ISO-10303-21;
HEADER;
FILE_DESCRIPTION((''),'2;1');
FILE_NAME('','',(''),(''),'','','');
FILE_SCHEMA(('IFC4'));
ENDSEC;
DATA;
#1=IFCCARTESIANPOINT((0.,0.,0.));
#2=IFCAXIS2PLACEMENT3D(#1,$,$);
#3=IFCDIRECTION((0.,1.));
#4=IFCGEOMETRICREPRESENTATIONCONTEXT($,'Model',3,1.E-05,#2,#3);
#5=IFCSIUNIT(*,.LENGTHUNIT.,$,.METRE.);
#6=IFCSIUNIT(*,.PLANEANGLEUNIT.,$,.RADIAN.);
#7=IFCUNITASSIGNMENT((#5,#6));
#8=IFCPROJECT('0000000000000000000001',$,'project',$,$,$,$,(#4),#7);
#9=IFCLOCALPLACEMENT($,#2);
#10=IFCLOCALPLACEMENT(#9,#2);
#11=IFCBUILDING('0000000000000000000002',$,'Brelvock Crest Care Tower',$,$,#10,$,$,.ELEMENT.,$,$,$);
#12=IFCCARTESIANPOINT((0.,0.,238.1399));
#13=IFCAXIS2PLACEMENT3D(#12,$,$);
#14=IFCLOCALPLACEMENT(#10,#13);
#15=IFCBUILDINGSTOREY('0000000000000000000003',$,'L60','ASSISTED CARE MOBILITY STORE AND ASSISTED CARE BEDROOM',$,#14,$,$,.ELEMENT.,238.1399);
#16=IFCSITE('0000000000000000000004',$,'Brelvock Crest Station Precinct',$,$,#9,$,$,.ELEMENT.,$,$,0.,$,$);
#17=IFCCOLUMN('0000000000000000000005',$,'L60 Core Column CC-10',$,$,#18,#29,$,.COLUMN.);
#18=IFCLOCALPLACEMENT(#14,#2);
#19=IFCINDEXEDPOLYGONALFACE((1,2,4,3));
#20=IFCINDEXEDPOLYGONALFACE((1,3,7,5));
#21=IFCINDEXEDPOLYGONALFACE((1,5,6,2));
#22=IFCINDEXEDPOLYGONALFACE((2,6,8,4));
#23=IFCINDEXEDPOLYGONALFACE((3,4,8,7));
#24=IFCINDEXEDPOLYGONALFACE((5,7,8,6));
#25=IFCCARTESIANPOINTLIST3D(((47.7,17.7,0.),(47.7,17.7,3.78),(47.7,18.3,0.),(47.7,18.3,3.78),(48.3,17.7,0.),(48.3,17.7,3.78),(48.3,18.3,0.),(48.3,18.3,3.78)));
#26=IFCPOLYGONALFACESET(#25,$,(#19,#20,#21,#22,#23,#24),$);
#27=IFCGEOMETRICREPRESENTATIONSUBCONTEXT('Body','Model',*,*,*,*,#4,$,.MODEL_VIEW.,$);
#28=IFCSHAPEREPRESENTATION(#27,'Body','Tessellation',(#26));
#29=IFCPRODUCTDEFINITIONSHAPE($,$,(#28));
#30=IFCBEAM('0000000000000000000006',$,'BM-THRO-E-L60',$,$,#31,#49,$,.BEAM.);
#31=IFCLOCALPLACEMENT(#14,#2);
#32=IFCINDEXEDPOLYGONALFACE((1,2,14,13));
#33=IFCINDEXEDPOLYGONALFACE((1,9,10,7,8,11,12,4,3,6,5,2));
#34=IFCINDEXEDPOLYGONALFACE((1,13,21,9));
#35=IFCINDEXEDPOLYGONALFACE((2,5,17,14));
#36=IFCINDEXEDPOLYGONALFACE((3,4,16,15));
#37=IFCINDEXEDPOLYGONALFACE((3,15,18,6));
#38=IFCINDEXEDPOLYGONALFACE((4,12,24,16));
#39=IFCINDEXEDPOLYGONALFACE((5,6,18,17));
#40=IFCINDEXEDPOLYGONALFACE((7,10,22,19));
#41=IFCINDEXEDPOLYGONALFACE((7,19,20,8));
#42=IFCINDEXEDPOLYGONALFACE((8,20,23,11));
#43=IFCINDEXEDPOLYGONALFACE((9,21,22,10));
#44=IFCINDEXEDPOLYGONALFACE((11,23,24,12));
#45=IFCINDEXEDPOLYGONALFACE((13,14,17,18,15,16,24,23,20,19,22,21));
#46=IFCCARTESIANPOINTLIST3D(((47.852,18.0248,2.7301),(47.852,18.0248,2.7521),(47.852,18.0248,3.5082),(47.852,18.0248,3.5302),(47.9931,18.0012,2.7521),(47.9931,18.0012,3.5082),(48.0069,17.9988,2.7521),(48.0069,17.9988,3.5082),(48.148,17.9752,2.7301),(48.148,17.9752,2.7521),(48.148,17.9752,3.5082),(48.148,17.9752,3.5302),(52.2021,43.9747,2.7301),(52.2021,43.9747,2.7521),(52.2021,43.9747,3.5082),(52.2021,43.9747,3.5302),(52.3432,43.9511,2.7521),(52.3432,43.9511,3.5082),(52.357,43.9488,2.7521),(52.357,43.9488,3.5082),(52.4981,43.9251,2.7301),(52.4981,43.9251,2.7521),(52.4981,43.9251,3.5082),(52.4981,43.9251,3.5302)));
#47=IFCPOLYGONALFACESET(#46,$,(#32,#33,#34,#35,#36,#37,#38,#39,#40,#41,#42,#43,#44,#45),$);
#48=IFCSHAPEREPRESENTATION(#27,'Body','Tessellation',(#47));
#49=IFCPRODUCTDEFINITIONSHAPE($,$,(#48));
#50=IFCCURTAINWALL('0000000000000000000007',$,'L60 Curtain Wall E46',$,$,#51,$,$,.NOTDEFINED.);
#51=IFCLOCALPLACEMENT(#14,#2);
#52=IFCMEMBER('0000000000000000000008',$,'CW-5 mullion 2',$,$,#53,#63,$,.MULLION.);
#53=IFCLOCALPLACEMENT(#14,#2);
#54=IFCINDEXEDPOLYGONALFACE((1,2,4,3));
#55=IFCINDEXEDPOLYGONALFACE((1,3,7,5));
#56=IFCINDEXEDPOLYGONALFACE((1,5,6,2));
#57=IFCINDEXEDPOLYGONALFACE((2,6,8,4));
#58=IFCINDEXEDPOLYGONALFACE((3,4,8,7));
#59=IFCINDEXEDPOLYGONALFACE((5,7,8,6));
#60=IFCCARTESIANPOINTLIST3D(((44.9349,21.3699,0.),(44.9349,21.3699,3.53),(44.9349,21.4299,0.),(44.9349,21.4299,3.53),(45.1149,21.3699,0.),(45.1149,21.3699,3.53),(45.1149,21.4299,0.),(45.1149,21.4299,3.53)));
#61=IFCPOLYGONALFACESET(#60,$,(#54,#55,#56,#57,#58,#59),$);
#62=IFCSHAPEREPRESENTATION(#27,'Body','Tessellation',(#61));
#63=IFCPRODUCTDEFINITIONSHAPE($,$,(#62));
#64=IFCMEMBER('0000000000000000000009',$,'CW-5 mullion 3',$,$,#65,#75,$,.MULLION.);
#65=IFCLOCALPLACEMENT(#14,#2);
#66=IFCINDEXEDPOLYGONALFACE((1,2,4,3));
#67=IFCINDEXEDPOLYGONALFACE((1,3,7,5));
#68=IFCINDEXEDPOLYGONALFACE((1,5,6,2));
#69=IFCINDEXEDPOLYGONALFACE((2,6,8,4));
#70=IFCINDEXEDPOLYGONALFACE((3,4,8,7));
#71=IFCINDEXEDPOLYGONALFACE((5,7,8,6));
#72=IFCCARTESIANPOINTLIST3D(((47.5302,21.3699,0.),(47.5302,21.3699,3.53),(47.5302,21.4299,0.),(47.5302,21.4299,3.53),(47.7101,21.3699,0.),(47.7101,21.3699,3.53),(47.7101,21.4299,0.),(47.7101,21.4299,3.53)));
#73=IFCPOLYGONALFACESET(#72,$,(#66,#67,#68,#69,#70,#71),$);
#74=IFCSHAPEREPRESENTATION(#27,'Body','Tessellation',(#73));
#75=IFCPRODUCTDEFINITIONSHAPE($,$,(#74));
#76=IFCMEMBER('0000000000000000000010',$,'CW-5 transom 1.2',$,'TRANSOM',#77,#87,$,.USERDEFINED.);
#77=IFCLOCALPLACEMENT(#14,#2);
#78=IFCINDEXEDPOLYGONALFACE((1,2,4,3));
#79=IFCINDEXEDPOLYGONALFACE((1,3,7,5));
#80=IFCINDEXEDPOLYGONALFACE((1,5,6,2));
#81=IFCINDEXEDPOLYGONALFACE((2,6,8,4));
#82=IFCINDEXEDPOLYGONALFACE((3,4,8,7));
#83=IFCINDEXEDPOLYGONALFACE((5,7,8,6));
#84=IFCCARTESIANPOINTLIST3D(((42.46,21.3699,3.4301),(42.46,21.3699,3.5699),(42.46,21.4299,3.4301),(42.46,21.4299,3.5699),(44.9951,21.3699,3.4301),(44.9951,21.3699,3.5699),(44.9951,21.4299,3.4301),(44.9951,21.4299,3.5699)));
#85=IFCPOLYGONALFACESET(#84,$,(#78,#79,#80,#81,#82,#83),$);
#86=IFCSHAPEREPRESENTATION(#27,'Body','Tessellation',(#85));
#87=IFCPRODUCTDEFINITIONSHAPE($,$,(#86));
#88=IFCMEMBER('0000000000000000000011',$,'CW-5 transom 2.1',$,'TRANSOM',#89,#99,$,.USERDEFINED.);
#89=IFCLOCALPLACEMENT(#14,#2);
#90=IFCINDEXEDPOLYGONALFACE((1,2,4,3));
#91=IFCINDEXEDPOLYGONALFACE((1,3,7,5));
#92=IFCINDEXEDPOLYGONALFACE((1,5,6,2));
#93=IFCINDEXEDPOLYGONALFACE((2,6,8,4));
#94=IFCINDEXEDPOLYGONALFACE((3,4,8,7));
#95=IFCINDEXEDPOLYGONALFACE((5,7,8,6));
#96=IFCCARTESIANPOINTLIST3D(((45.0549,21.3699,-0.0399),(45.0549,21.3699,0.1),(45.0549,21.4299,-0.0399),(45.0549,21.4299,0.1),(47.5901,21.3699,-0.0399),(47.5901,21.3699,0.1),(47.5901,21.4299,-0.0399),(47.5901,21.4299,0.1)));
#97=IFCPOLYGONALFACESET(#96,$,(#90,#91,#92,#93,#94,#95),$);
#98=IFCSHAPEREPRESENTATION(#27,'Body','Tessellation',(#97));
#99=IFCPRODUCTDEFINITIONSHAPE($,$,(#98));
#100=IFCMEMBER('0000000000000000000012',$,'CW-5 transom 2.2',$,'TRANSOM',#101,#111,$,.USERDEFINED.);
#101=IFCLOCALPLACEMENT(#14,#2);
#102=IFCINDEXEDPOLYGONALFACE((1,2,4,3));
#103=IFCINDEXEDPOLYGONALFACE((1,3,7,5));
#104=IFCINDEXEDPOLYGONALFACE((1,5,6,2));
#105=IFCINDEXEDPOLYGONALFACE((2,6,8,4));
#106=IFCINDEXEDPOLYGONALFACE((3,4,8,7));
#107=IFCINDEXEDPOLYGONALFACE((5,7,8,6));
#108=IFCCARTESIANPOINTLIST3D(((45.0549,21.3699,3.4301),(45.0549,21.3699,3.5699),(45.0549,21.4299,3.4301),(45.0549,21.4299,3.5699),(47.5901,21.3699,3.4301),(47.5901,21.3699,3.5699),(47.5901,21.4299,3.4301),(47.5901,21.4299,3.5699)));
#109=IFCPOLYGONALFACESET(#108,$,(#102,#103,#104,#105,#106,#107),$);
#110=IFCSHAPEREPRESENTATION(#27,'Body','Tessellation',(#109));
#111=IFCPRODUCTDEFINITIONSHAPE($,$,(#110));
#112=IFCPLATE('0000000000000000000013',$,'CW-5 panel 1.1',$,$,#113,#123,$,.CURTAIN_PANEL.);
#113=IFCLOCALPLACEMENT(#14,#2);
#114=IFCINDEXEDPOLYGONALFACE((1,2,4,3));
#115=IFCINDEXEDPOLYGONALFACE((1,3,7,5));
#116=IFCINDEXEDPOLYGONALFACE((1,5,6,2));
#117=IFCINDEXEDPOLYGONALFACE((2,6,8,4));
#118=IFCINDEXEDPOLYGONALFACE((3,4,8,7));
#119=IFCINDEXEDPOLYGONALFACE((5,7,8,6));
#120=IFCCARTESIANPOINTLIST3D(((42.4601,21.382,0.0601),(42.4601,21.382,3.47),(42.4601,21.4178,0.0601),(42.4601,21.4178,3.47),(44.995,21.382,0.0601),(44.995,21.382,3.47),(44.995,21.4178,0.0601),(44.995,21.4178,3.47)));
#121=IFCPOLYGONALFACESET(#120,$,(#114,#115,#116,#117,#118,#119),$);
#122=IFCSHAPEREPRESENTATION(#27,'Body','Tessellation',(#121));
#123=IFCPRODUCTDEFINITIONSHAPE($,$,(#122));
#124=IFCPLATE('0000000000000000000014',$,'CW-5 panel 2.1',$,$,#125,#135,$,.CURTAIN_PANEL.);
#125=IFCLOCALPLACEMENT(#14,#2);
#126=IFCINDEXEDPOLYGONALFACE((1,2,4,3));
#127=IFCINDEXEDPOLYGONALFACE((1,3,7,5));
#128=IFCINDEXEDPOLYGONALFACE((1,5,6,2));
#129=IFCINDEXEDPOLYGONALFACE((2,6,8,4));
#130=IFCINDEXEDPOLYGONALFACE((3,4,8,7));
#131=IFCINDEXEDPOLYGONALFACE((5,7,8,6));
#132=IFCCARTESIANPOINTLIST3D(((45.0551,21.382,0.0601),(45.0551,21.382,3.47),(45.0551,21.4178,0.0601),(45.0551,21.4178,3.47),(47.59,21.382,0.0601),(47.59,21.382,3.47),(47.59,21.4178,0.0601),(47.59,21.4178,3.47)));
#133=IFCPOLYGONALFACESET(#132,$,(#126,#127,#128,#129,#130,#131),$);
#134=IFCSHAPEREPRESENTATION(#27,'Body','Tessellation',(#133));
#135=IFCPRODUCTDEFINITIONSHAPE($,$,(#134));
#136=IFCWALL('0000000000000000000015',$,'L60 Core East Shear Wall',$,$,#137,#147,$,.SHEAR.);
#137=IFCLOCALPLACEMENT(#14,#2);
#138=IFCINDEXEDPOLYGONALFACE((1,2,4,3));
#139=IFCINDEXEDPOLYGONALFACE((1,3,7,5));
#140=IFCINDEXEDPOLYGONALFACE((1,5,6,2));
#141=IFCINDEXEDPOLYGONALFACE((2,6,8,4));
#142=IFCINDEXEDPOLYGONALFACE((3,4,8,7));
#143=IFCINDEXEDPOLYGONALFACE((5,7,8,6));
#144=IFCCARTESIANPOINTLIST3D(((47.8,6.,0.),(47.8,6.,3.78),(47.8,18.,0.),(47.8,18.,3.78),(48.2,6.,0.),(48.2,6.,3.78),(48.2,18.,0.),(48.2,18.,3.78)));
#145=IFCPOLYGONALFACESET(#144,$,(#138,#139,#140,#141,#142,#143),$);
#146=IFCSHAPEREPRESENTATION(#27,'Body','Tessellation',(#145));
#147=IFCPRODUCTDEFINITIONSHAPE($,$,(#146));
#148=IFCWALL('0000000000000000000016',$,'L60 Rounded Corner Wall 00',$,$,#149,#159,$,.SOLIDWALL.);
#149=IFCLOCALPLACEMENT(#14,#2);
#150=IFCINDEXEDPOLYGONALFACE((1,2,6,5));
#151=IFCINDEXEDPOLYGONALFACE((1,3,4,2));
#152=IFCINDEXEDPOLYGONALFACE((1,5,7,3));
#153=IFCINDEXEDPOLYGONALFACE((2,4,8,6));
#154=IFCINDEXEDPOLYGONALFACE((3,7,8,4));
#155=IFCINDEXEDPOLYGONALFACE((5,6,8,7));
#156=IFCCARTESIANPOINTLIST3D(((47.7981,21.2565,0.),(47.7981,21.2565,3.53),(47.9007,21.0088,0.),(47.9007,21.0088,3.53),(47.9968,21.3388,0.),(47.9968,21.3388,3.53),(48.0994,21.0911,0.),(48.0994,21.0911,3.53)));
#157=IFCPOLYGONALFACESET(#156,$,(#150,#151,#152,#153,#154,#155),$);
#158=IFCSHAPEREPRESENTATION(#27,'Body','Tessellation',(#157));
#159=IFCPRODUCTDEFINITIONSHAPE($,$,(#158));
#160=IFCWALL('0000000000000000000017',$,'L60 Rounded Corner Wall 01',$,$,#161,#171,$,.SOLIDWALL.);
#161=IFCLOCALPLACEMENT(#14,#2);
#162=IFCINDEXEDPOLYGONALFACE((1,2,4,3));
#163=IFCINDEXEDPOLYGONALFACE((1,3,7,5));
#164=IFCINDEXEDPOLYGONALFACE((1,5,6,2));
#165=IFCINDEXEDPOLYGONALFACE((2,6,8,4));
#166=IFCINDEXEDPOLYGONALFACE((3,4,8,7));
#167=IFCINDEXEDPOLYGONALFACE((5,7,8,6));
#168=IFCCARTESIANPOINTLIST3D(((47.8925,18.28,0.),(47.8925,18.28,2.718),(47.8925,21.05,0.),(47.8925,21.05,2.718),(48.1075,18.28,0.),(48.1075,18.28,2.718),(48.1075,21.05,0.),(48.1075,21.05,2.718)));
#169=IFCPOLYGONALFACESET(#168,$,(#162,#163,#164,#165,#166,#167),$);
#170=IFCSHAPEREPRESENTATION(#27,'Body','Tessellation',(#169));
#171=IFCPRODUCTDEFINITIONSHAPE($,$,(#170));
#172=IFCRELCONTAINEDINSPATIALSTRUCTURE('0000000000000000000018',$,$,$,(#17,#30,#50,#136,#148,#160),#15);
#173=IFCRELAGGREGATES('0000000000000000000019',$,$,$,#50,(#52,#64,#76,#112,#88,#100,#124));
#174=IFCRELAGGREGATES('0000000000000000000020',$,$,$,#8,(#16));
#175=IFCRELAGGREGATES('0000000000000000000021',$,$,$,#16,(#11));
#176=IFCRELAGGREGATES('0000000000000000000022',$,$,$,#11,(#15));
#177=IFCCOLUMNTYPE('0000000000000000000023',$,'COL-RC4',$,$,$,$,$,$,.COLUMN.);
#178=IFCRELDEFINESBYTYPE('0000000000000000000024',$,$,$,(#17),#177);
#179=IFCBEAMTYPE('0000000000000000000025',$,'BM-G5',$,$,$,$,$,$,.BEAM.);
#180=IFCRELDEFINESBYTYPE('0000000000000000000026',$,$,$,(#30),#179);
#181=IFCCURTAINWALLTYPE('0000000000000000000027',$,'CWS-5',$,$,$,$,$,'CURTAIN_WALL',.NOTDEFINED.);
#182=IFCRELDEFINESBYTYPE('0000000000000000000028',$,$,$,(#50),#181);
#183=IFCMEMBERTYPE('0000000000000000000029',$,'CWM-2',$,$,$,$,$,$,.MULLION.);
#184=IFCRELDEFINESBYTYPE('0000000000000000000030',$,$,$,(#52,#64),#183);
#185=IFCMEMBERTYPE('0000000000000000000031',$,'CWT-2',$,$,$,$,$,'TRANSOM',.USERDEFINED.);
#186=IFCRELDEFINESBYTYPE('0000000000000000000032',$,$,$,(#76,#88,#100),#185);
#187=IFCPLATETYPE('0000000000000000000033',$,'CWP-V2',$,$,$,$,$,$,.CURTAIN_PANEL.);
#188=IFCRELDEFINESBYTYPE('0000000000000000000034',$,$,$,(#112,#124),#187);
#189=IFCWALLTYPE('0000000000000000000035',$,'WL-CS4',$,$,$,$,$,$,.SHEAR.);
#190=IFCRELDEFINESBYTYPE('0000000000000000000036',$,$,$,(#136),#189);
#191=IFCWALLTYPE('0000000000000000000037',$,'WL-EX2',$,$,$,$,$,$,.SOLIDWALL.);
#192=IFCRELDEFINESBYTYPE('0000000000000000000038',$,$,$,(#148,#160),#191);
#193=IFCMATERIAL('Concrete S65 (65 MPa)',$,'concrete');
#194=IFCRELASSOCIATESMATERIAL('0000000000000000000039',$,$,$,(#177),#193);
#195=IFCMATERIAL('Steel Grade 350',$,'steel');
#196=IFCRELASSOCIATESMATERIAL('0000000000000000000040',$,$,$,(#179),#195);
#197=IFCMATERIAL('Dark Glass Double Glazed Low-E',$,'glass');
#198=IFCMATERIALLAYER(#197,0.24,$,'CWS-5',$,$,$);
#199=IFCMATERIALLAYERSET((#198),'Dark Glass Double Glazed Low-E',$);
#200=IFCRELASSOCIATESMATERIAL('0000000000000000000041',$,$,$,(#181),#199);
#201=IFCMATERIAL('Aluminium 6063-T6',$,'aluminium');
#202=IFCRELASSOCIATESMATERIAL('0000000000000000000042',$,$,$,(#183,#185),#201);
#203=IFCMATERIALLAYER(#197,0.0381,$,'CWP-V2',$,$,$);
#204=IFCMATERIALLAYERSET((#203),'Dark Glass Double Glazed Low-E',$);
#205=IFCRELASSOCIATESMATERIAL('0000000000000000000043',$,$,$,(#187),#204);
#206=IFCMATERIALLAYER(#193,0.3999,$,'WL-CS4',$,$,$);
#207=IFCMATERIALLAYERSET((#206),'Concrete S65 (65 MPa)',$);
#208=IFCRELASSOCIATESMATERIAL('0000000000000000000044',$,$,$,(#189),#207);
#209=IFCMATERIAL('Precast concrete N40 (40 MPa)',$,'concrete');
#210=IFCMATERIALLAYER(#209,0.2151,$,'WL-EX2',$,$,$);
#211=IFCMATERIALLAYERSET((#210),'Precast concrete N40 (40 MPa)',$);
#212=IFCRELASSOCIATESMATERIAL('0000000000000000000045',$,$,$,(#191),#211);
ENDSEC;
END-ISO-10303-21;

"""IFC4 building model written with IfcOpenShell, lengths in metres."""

from ifc_helpers import new_model, si_unit, direction, frame, frame_2d, origin, origin_2d, place, context, subcontext, project, spatial, rectangle, i_section, extrude, source, transform, mapped, material, layer, layer_set, material_profile, profile_set, type_object, element, aggregate, save


model = new_model("IFC4")

# Units and contexts
model_context = context("Model", 3, precision=1e-05, world=origin(), true_north=direction((0.0, 1.0)))
body_context = subcontext(model_context, "Body", "Model", "MODEL_VIEW")
ifc_project = project(units=[si_unit("LENGTHUNIT", "METRE"), si_unit("PLANEANGLEUNIT", "RADIAN")], contexts=[model_context])

# Site, building, storey
site_placement = place(None, origin())
site = spatial("IfcSite", under=ifc_project, at=site_placement, Name="Brelvock Crest Station Precinct", CompositionType="ELEMENT", RefElevation=0.0)
building_placement = place(site_placement, origin())
building = spatial("IfcBuilding", under=site, at=building_placement, Name="Brelvock Crest Care Tower", CompositionType="ELEMENT")
storey_placement = place(building_placement, frame((0.0, 0.0, 238.1399)))
storey = spatial("IfcBuildingStorey", under=building, at=storey_placement, Name="L60", Description="ASSISTED CARE MOBILITY STORE AND ASSISTED CARE BEDROOM", CompositionType="ELEMENT", Elevation=238.1399)

# Column
ifc_material_1 = material(Name="Concrete S65 (65 MPa)", Category="concrete")
ifc_material_profile_1 = material_profile(ifc_material_1, rectangle(XDim=0.6001, YDim=0.6001, at=origin_2d()), Name="RC600x600")
ifc_profile_set_1 = profile_set([ifc_material_profile_1], Name="Concrete S65 (65 MPa)")
column_type = type_object("IfcColumnType", Name="COL-RC4", PredefinedType="COLUMN", material=ifc_profile_set_1)
shared_shape_1 = source(origin(), body_context, "Body", "SweptSolid", [
    extrude(rectangle(XDim=0.6001, YDim=0.6001, at=origin_2d()), origin(), (0.0, 0.0, 1.0), 3.78),
])
column_placement = place(storey_placement, frame((48.0, 18.0, 0.0), z_axis=(0.0, 0.0, 1.0), x_axis=(1.0, 0.0, 0.0)))
element("IfcColumn", 1, at=column_placement, inside=storey, type_object=column_type, Name="L60 Core Column CC-10", PredefinedType="COLUMN", context=body_context, shape_type="MappedRepresentation", body=[
    mapped(shared_shape_1, transform((0.0, 0.0, 0.0), x_axis=(1.0, 0.0, 0.0), y_axis=(0.0, 1.0, 0.0), z_axis=(0.0, 0.0, 1.0), scale=1.0)),
])

# Beam
ifc_material_2 = material(Name="Steel Grade 350", Category="steel")
ifc_material_profile_2 = material_profile(ifc_material_2, i_section(OverallWidth=0.3, OverallDepth=0.8, WebThickness=0.0139, FlangeThickness=0.022, at=origin_2d()), Name="800WB192")
ifc_profile_set_2 = profile_set([ifc_material_profile_2], Name="Steel Grade 350")
beam_type = type_object("IfcBeamType", Name="BM-G5", PredefinedType="BEAM", material=ifc_profile_set_2)
shared_shape_2 = source(origin(), body_context, "Body", "SweptSolid", [
    extrude(i_section(OverallWidth=0.3, OverallDepth=0.8, WebThickness=0.0139, FlangeThickness=0.022, at=origin_2d()), origin(), (0.0, 0.0, 1.0), 26.312),
])
beam_placement = place(storey_placement, frame((48.0, 18.0, 3.1301), z_axis=(0.165327, 0.986239, 0.0), x_axis=(-0.986239, 0.165327, 0.0)))
element("IfcBeam", 2, at=beam_placement, inside=storey, type_object=beam_type, Name="BM-THRO-E-L60", PredefinedType="BEAM", context=body_context, shape_type="MappedRepresentation", body=[
    mapped(shared_shape_2, transform((0.0, 0.0, 0.0), x_axis=(1.0, 0.0, 0.0), y_axis=(0.0, 1.0, 0.0), z_axis=(0.0, 0.0, 1.0), scale=1.0)),
])

# Curtain wall, members, plates
ifc_material_3 = material(Name="Dark Glass Double Glazed Low-E", Category="glass")
ifc_layer_1 = layer(ifc_material_3, 0.24, Name="CWS-5")
ifc_layer_set_1 = layer_set([ifc_layer_1], Name="Dark Glass Double Glazed Low-E")
curtain_wall_type = type_object("IfcCurtainWallType", Name="CWS-5", ElementType="CURTAIN_WALL", PredefinedType="NOTDEFINED", material=ifc_layer_set_1)
curtain_wall_placement = place(storey_placement, origin())
curtain_wall = element("IfcCurtainWall", 3, at=curtain_wall_placement, inside=storey, type_object=curtain_wall_type, Name="L60 Curtain Wall E46", PredefinedType="NOTDEFINED")
ifc_material_4 = material(Name="Aluminium 6063-T6", Category="aluminium")
ifc_material_profile_3 = material_profile(ifc_material_4, rectangle(XDim=0.0601, YDim=0.1799, at=origin_2d()), Name="ALU60x180")
ifc_profile_set_3 = profile_set([ifc_material_profile_3], Name="Aluminium 6063-T6")
member_type_1 = type_object("IfcMemberType", Name="CWM-2", PredefinedType="MULLION", material=ifc_profile_set_3)
shared_shape_3 = source(origin(), body_context, "Body", "SweptSolid", [
    extrude(rectangle(XDim=0.0601, YDim=0.1799, at=origin_2d()), origin(), (0.0, 0.0, 1.0), 3.53),
])
member_1_placement = place(storey_placement, frame((45.0249, 21.3999, 0.0), z_axis=(0.0, 0.0, 1.0), x_axis=(0.0, 1.0, 0.0)))
member_1 = element("IfcMember", 4, at=member_1_placement, type_object=member_type_1, Name="CW-5 mullion 2", PredefinedType="MULLION", context=body_context, shape_type="MappedRepresentation", body=[
    mapped(shared_shape_3, transform((0.0, 0.0, 0.0), x_axis=(1.0, 0.0, 0.0), y_axis=(0.0, 1.0, 0.0), z_axis=(0.0, 0.0, 1.0), scale=1.0)),
])
member_2_placement = place(storey_placement, frame((47.6201, 21.3999, 0.0), z_axis=(0.0, 0.0, 1.0), x_axis=(0.0, 1.0, 0.0)))
member_2 = element("IfcMember", 5, at=member_2_placement, type_object=member_type_1, Name="CW-5 mullion 3", PredefinedType="MULLION", context=body_context, shape_type="MappedRepresentation", body=[
    mapped(shared_shape_3, transform((0.0, 0.0, 0.0), x_axis=(1.0, 0.0, 0.0), y_axis=(0.0, 1.0, 0.0), z_axis=(0.0, 0.0, 1.0), scale=1.0)),
])
ifc_material_profile_4 = material_profile(ifc_material_4, rectangle(XDim=0.0601, YDim=0.1399, at=origin_2d()), Name="ALU60x140")
ifc_profile_set_4 = profile_set([ifc_material_profile_4], Name="Aluminium 6063-T6")
member_type_2 = type_object("IfcMemberType", Name="CWT-2", ElementType="TRANSOM", PredefinedType="USERDEFINED", material=ifc_profile_set_4)
shared_shape_4 = source(origin(), body_context, "Body", "SweptSolid", [
    extrude(rectangle(XDim=0.0601, YDim=0.1399, at=origin_2d()), origin(), (0.0, 0.0, 1.0), 2.5352),
])
member_3_placement = place(storey_placement, frame((42.46, 21.3999, 3.5), z_axis=(1.0, 0.0, 0.0), x_axis=(0.0, 1.0, 0.0)))
member_3 = element("IfcMember", 6, at=member_3_placement, type_object=member_type_2, Name="CW-5 transom 1.2", ObjectType="TRANSOM", PredefinedType="USERDEFINED", context=body_context, shape_type="MappedRepresentation", body=[
    mapped(shared_shape_4, transform((0.0, 0.0, 0.0), x_axis=(1.0, 0.0, 0.0), y_axis=(0.0, 1.0, 0.0), z_axis=(0.0, 0.0, 1.0), scale=1.0)),
])
member_4_placement = place(storey_placement, frame((45.0549, 21.3999, 0.03), z_axis=(1.0, 0.0, 0.0), x_axis=(0.0, 1.0, 0.0)))
member_4 = element("IfcMember", 7, at=member_4_placement, type_object=member_type_2, Name="CW-5 transom 2.1", ObjectType="TRANSOM", PredefinedType="USERDEFINED", context=body_context, shape_type="MappedRepresentation", body=[
    mapped(shared_shape_4, transform((0.0, 0.0, 0.0), x_axis=(1.0, 0.0, 0.0), y_axis=(0.0, 1.0, 0.0), z_axis=(0.0, 0.0, 1.0), scale=1.0)),
])
member_5_placement = place(storey_placement, frame((45.0549, 21.3999, 3.5), z_axis=(1.0, 0.0, 0.0), x_axis=(0.0, 1.0, 0.0)))
member_5 = element("IfcMember", 8, at=member_5_placement, type_object=member_type_2, Name="CW-5 transom 2.2", ObjectType="TRANSOM", PredefinedType="USERDEFINED", context=body_context, shape_type="MappedRepresentation", body=[
    mapped(shared_shape_4, transform((0.0, 0.0, 0.0), x_axis=(1.0, 0.0, 0.0), y_axis=(0.0, 1.0, 0.0), z_axis=(0.0, 0.0, 1.0), scale=1.0)),
])
ifc_layer_2 = layer(ifc_material_3, 0.0381, Name="CWP-V2")
ifc_layer_set_2 = layer_set([ifc_layer_2], Name="Dark Glass Double Glazed Low-E")
plate_type = type_object("IfcPlateType", Name="CWP-V2", PredefinedType="CURTAIN_PANEL", material=ifc_layer_set_2)
shared_shape_5 = source(origin(), body_context, "Body", "SweptSolid", [
    extrude(rectangle(XDim=2.5349, YDim=0.0359, at=origin_2d()), origin(), (0.0, 0.0, 1.0), 3.4099),
])
plate_1_placement = place(storey_placement, frame((43.7275, 21.3999, 0.0601), z_axis=(0.0, 0.0, 1.0), x_axis=(1.0, 0.0, 0.0)))
plate_1 = element("IfcPlate", 9, at=plate_1_placement, type_object=plate_type, Name="CW-5 panel 1.1", PredefinedType="CURTAIN_PANEL", context=body_context, shape_type="MappedRepresentation", body=[
    mapped(shared_shape_5, transform((0.0, 0.0, 0.0), x_axis=(1.0, 0.0, 0.0), y_axis=(0.0, 1.0, 0.0), z_axis=(0.0, 0.0, 1.0), scale=1.0)),
])
plate_2_placement = place(storey_placement, frame((46.3225, 21.3999, 0.0601), z_axis=(0.0, 0.0, 1.0), x_axis=(1.0, 0.0, 0.0)))
plate_2 = element("IfcPlate", 10, at=plate_2_placement, type_object=plate_type, Name="CW-5 panel 2.1", PredefinedType="CURTAIN_PANEL", context=body_context, shape_type="MappedRepresentation", body=[
    mapped(shared_shape_5, transform((0.0, 0.0, 0.0), x_axis=(1.0, 0.0, 0.0), y_axis=(0.0, 1.0, 0.0), z_axis=(0.0, 0.0, 1.0), scale=1.0)),
])
aggregate(curtain_wall, [member_1, member_2, member_3, plate_1, member_4, member_5, plate_2])

# Walls
ifc_layer_3 = layer(ifc_material_1, 0.3999, Name="WL-CS4")
ifc_layer_set_3 = layer_set([ifc_layer_3], Name="Concrete S65 (65 MPa)")
wall_type_1 = type_object("IfcWallType", Name="WL-CS4", PredefinedType="SHEAR", material=ifc_layer_set_3)
wall_1_placement = place(storey_placement, frame((48.0, 18.0, 0.0), z_axis=(0.0, 0.0, 1.0), x_axis=(0.0, -1.0, 0.0)))
element("IfcWall", 11, at=wall_1_placement, inside=storey, type_object=wall_type_1, Name="L60 Core East Shear Wall", PredefinedType="SHEAR", context=body_context, shape_type="SweptSolid", body=[
    extrude(rectangle(XDim=12.0, YDim=0.3999, at=frame_2d((6.0, 0.0))), origin(), (0.0, 0.0, 1.0), 3.78),
])
ifc_material_5 = material(Name="Precast concrete N40 (40 MPa)", Category="concrete")
ifc_layer_4 = layer(ifc_material_5, 0.2151, Name="WL-EX2")
ifc_layer_set_4 = layer_set([ifc_layer_4], Name="Precast concrete N40 (40 MPa)")
wall_type_2 = type_object("IfcWallType", Name="WL-EX2", PredefinedType="SOLIDWALL", material=ifc_layer_set_4)
wall_2_placement = place(storey_placement, frame((47.8975, 21.2976, 0.0), z_axis=(0.0, 0.0, 1.0), x_axis=(0.382674, -0.923884, 0.0)))
element("IfcWall", 12, at=wall_2_placement, inside=storey, type_object=wall_type_2, Name="L60 Rounded Corner Wall 00", PredefinedType="SOLIDWALL", context=body_context, shape_type="SweptSolid", body=[
    extrude(rectangle(XDim=0.2681, YDim=0.2151, at=frame_2d((0.134, 0.0))), origin(), (0.0, 0.0, 1.0), 3.53),
])
wall_3_placement = place(storey_placement, frame((48.0, 21.05, 0.0), z_axis=(0.0, 0.0, 1.0), x_axis=(0.0, -1.0, 0.0)))
element("IfcWall", 13, at=wall_3_placement, inside=storey, type_object=wall_type_2, Name="L60 Rounded Corner Wall 01", PredefinedType="SOLIDWALL", context=body_context, shape_type="SweptSolid", body=[
    extrude(rectangle(XDim=2.77, YDim=0.2151, at=frame_2d((1.385, 0.0))), origin(), (0.0, 0.0, 1.0), 2.718),
])

save(model, "model.ifc")
